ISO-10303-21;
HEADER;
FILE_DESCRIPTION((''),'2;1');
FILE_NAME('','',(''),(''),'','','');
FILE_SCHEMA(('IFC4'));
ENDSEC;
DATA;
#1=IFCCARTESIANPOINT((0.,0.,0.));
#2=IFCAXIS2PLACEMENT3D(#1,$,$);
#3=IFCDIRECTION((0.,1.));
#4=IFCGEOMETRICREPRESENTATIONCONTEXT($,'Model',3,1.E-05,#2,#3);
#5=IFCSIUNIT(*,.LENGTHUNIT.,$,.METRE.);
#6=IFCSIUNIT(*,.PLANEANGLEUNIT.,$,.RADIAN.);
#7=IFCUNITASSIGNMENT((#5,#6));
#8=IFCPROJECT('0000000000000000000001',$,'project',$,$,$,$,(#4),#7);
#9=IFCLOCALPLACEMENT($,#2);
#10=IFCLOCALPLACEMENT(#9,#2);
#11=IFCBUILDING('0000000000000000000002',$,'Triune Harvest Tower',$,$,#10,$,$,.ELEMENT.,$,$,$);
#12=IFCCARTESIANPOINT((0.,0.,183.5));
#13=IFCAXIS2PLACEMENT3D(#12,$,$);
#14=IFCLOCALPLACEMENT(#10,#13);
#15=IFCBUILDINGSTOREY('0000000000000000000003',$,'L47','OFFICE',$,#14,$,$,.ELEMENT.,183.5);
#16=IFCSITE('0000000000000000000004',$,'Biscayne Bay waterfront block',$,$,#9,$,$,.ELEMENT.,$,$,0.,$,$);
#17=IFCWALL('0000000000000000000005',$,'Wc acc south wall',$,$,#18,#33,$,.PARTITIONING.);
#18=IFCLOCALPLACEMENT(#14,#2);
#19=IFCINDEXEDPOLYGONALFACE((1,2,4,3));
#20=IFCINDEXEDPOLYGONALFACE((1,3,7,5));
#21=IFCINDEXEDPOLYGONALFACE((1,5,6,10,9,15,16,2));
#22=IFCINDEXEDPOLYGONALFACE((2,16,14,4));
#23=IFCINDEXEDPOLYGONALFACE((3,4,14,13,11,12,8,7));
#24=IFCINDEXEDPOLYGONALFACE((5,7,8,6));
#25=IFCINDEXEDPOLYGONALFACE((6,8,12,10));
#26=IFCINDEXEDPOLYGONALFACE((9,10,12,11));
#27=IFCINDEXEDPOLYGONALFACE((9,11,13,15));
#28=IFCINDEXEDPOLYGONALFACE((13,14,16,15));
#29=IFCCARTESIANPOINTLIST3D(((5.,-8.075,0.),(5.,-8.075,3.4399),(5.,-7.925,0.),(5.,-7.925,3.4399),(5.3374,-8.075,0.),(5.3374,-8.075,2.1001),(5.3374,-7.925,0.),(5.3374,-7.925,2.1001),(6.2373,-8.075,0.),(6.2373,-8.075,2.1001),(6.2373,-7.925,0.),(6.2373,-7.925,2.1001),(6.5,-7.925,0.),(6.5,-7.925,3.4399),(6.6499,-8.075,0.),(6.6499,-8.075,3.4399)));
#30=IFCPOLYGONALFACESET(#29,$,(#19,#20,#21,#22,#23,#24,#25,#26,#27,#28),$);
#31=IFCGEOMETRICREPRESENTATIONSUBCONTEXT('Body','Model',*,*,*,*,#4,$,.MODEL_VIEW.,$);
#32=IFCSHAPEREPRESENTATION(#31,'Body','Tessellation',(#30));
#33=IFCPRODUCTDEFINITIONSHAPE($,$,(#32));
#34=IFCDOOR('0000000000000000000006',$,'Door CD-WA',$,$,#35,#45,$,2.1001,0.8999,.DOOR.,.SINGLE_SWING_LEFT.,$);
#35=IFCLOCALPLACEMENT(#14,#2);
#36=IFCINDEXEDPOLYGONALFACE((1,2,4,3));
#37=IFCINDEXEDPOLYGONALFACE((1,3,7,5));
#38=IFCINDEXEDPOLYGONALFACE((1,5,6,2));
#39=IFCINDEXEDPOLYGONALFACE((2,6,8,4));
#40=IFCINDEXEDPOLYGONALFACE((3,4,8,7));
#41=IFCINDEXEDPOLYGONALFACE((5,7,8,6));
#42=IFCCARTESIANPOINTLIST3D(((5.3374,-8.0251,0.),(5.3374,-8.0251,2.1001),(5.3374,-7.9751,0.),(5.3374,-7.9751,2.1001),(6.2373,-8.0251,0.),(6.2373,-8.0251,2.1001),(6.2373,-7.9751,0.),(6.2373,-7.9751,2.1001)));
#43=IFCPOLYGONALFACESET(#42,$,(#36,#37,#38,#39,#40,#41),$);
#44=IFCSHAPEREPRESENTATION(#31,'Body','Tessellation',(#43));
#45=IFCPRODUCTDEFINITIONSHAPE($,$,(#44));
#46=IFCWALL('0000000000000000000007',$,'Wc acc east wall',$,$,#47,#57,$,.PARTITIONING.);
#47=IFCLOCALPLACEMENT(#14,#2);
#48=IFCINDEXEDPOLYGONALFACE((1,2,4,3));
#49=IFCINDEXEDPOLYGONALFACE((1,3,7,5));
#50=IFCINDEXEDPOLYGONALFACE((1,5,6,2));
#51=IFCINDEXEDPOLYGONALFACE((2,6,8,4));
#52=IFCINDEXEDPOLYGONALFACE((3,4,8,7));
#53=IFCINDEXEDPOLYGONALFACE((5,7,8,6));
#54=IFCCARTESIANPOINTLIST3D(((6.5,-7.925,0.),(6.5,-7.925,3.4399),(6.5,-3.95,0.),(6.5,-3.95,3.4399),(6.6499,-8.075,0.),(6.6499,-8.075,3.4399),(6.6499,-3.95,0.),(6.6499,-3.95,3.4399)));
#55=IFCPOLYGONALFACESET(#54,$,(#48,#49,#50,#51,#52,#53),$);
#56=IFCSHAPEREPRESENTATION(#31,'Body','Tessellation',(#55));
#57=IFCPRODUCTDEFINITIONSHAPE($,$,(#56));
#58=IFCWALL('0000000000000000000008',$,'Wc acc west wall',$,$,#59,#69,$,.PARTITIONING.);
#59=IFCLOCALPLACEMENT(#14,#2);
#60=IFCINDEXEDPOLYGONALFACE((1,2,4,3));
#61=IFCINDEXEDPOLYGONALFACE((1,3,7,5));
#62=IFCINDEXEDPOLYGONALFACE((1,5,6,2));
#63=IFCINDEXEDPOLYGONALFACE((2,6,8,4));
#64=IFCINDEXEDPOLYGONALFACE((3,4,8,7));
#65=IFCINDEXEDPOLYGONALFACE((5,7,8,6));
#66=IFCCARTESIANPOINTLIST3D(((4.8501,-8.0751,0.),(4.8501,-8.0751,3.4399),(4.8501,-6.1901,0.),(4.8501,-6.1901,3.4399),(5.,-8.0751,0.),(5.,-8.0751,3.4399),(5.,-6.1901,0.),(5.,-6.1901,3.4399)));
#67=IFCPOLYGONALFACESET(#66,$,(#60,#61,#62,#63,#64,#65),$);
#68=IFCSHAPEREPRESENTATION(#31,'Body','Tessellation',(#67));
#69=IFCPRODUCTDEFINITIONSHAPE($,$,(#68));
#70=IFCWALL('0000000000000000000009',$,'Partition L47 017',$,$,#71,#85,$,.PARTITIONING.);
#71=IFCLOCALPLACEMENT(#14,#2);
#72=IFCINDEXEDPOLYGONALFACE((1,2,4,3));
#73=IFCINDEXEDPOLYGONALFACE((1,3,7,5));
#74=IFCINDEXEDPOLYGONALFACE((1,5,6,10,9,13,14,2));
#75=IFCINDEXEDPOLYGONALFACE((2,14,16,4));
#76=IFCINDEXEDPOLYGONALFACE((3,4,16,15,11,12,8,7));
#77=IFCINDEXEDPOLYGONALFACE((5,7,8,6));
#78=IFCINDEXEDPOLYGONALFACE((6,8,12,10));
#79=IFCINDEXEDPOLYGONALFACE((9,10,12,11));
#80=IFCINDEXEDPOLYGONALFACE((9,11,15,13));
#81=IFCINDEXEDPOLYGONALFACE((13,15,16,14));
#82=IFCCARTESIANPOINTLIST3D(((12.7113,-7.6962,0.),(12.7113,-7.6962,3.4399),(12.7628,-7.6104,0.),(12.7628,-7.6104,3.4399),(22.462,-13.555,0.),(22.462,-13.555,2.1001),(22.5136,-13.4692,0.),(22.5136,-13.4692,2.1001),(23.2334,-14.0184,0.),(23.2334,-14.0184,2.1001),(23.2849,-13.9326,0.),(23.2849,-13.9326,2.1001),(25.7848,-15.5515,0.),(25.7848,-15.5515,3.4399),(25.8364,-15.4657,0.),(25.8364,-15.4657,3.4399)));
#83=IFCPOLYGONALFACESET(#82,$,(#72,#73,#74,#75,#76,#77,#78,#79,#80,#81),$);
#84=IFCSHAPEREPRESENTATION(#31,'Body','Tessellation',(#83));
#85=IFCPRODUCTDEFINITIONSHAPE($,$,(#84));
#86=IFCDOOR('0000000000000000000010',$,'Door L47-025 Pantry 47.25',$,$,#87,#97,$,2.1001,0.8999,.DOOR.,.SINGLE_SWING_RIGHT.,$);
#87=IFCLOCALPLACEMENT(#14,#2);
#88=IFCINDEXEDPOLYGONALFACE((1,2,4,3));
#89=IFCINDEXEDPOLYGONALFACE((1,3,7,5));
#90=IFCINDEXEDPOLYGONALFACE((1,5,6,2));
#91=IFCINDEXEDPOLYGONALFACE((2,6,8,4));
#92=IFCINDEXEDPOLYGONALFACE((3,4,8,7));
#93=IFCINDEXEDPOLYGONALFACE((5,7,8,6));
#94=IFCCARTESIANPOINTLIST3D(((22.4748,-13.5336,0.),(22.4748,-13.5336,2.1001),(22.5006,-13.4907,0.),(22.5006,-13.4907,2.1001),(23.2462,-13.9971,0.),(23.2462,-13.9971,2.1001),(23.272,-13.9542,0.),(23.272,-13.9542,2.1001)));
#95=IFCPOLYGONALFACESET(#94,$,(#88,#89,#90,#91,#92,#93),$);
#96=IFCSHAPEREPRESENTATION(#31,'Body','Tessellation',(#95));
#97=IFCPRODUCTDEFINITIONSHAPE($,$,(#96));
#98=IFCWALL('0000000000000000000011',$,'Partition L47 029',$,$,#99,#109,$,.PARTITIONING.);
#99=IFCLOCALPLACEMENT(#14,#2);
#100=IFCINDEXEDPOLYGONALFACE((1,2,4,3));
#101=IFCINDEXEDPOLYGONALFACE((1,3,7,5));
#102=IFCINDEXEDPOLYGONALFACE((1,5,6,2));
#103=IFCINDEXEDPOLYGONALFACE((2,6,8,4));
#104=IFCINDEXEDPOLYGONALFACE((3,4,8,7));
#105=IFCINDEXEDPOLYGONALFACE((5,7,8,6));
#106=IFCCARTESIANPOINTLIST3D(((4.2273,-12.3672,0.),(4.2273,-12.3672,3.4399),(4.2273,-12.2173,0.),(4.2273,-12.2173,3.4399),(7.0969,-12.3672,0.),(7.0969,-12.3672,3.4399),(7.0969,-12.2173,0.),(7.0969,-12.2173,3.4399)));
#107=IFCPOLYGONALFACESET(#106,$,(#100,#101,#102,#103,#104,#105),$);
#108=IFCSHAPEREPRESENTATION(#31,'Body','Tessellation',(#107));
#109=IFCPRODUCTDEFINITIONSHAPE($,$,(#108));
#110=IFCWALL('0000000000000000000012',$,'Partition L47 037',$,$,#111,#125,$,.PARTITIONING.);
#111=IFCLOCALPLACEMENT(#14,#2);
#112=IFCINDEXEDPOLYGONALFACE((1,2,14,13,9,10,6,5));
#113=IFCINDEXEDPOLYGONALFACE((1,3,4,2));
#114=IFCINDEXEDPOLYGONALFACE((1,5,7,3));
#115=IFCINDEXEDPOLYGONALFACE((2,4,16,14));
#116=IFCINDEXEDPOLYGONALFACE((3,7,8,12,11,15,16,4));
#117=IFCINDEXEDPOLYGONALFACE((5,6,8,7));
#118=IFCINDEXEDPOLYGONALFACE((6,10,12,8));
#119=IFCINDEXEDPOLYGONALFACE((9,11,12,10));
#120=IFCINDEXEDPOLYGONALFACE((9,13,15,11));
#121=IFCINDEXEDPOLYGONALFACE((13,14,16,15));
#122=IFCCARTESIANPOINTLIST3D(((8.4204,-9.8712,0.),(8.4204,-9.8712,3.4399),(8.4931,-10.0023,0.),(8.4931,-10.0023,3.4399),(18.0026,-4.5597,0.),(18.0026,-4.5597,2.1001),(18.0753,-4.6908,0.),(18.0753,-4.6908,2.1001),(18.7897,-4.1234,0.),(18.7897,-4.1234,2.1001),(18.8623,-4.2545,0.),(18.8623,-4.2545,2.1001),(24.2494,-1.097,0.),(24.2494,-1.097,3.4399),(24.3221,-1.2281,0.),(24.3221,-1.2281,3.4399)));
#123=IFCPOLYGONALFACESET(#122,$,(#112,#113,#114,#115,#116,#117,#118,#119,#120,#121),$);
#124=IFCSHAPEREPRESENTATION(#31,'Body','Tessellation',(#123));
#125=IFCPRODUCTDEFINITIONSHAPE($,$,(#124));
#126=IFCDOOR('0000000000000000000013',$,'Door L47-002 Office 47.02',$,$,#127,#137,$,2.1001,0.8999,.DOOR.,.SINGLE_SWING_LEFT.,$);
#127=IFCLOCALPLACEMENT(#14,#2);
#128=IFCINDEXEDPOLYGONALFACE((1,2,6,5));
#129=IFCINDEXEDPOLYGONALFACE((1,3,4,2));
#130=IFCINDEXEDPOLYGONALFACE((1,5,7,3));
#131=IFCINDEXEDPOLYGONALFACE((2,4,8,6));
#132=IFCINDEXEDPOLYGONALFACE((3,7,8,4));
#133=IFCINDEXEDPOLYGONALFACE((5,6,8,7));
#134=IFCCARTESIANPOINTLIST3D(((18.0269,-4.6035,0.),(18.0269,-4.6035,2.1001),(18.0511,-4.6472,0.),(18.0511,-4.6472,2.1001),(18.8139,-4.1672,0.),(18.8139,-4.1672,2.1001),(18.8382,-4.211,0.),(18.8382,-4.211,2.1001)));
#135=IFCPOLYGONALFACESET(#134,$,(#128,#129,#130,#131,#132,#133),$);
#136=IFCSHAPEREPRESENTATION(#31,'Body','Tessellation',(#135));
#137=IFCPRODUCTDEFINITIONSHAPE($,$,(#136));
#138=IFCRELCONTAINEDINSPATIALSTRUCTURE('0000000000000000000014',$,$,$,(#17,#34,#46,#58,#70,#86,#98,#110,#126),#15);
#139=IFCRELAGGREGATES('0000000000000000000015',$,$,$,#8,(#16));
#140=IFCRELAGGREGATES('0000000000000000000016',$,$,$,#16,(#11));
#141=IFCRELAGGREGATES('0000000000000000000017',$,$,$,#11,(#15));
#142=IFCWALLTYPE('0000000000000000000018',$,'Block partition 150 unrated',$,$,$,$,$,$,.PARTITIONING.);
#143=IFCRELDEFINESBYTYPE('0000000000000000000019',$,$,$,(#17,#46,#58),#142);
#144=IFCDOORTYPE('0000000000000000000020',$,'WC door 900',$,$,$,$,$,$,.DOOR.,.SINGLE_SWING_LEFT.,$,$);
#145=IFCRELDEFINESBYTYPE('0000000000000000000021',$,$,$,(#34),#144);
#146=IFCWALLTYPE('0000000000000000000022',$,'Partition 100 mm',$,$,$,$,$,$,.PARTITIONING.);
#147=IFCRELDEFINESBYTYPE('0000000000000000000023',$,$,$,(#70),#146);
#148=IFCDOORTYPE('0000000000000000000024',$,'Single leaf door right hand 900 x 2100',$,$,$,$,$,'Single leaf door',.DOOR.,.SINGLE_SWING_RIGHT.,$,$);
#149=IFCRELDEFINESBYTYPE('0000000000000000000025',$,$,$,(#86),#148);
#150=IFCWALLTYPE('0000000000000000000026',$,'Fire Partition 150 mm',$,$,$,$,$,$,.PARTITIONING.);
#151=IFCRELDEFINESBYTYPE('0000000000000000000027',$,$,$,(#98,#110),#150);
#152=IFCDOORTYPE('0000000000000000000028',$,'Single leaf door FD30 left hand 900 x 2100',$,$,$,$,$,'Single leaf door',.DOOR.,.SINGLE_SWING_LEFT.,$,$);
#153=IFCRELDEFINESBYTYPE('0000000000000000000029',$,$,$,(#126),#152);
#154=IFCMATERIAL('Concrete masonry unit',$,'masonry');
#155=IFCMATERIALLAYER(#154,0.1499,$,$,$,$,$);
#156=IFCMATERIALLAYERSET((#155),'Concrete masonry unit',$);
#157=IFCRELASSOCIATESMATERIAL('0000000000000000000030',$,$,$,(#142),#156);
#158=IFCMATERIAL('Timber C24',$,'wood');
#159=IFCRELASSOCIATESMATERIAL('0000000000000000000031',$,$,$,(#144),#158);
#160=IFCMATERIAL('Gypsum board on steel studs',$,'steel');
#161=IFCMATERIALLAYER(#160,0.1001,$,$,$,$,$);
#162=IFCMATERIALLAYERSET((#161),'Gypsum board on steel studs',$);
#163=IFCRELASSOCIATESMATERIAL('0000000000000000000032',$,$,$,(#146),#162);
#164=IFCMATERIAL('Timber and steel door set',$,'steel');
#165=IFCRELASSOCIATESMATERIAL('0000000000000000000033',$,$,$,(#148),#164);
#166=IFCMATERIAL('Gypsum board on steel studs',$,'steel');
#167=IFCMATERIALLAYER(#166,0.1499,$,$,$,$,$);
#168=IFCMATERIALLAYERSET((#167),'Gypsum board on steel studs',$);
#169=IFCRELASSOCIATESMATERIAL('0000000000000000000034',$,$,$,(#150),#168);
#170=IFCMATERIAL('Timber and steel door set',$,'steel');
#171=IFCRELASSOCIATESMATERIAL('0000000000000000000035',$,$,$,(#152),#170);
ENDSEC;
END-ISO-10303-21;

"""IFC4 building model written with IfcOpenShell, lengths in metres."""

from ifc_helpers import new_model, si_unit, direction, frame, frame_2d, origin, place, context, subcontext, project, spatial, polyline, rectangle, outline, extrude, source, transform, mapped, material, layer, layer_set, type_object, element, fill, save


model = new_model("IFC4")

# Units and contexts
model_context = context("Model", 3, precision=1e-05, world=origin(), true_north=direction((0.0, 1.0)))
body_context = subcontext(model_context, "Body", "Model", "MODEL_VIEW")
ifc_project = project(units=[si_unit("LENGTHUNIT", "METRE"), si_unit("PLANEANGLEUNIT", "RADIAN")], contexts=[model_context])

# Site, building, storey
site_placement = place(None, origin())
site = spatial("IfcSite", under=ifc_project, at=site_placement, Name="Biscayne Bay waterfront block", CompositionType="ELEMENT", RefElevation=0.0)
building_placement = place(site_placement, origin())
building = spatial("IfcBuilding", under=site, at=building_placement, Name="Triune Harvest Tower", CompositionType="ELEMENT")
storey_placement = place(building_placement, frame((0.0, 0.0, 183.5)))
storey = spatial("IfcBuildingStorey", under=building, at=storey_placement, Name="L47", Description="OFFICE", CompositionType="ELEMENT", Elevation=183.5)

# Wall, opening, door
ifc_material_1 = material(Name="Concrete masonry unit", Category="masonry")
ifc_layer_1 = layer(ifc_material_1, 0.1499)
ifc_layer_set_1 = layer_set([ifc_layer_1], Name="Concrete masonry unit")
wall_type_1 = type_object("IfcWallType", Name="Block partition 150 unrated", PredefinedType="PARTITIONING", material=ifc_layer_set_1)
shared_shape_1 = source(origin(), body_context, "Body", "SweptSolid", [
    extrude(outline(polyline([(0.0, -0.075), (1.6499, -0.075), (1.5, 0.075), (0.0, 0.075), (0.0, -0.075)])), origin(), (0.0, 0.0, 1.0), 3.4399),
])
wall_1_placement = place(storey_placement, frame((5.0, -8.0, 0.0), z_axis=(0.0, 0.0, 1.0), x_axis=(1.0, 0.0, 0.0)))
wall_1 = element("IfcWall", 1, at=wall_1_placement, inside=storey, type_object=wall_type_1, Name="Wc acc south wall", PredefinedType="PARTITIONING", context=body_context, shape_type="MappedRepresentation", body=[
    mapped(shared_shape_1, transform((0.0, 0.0, 0.0), scale=1.0)),
])
opening_1_placement = place(wall_1_placement, frame((0.3374, 0.0, 0.0)))
opening_1 = element("IfcOpeningElement", 2, at=opening_1_placement, cuts=wall_1, PredefinedType="OPENING", context=body_context, shape_type="SweptSolid", body=[
    extrude(rectangle(XDim=0.8999, YDim=2.1001, at=frame_2d((0.45, 1.05))), frame((0.0, 0.085, 0.0), z_axis=(0.0, -1.0, 0.0), x_axis=(1.0, 0.0, 0.0)), (0.0, 0.0, 1.0), 0.1699),
])
ifc_material_2 = material(Name="Timber C24", Category="wood")
door_type_1 = type_object("IfcDoorType", Name="WC door 900", OperationType="SINGLE_SWING_LEFT", PredefinedType="DOOR", material=ifc_material_2)
door_1_placement = place(opening_1_placement, origin())
door_1 = element("IfcDoor", 3, at=door_1_placement, inside=storey, type_object=door_type_1, Name="Door CD-WA", OperationType="SINGLE_SWING_LEFT", OverallHeight=2.1001, OverallWidth=0.8999, PredefinedType="DOOR", context=body_context, shape_type="SweptSolid", body=[
    extrude(rectangle(XDim=0.8999, YDim=2.1001, at=frame_2d((0.45, 1.05))), frame((0.0, 0.0249, 0.0), z_axis=(0.0, -1.0, 0.0), x_axis=(1.0, 0.0, 0.0)), (0.0, 0.0, 1.0), 0.05),
])
fill(opening_1, door_1)

# Walls
shared_shape_2 = source(origin(), body_context, "Body", "SweptSolid", [
    extrude(outline(polyline([(-0.075, -0.075), (4.05, -0.075), (4.05, 0.075), (0.075, 0.075), (-0.075, -0.075)])), origin(), (0.0, 0.0, 1.0), 3.4399),
])
wall_2_placement = place(storey_placement, frame((6.575, -8.0, 0.0), z_axis=(0.0, 0.0, 1.0), x_axis=(0.0, 1.0, 0.0)))
element("IfcWall", 4, at=wall_2_placement, inside=storey, type_object=wall_type_1, Name="Wc acc east wall", PredefinedType="PARTITIONING", context=body_context, shape_type="MappedRepresentation", body=[
    mapped(shared_shape_2, transform((0.0, 0.0, 0.0), scale=1.0)),
])
shared_shape_3 = source(origin(), body_context, "Body", "SweptSolid", [
    extrude(rectangle(XDim=1.885, YDim=0.1499, at=frame_2d((0.9424, 0.0))), origin(), (0.0, 0.0, 1.0), 3.4399),
])
wall_3_placement = place(storey_placement, frame((4.925, -8.075, 0.0), z_axis=(0.0, 0.0, 1.0), x_axis=(0.0, 1.0, 0.0)))
element("IfcWall", 5, at=wall_3_placement, inside=storey, type_object=wall_type_1, Name="Wc acc west wall", PredefinedType="PARTITIONING", context=body_context, shape_type="MappedRepresentation", body=[
    mapped(shared_shape_3, transform((0.0, 0.0, 0.0), scale=1.0)),
])

# Wall, opening, door
ifc_material_3 = material(Name="Gypsum board on steel studs", Category="steel")
ifc_layer_2 = layer(ifc_material_3, 0.1001)
ifc_layer_set_2 = layer_set([ifc_layer_2], Name="Gypsum board on steel studs")
wall_type_2 = type_object("IfcWallType", Name="Partition 100 mm", PredefinedType="PARTITIONING", material=ifc_layer_set_2)
shared_shape_4 = source(origin(), body_context, "Body", "SweptSolid", [
    extrude(rectangle(XDim=15.252, YDim=0.1001, at=frame_2d((7.626, 0.0))), origin(), (0.0, 0.0, 1.0), 3.4399),
])
wall_4_placement = place(storey_placement, frame((12.7371, -7.6533, 0.0), z_axis=(0.0, 0.0, 1.0), x_axis=(0.857171, -0.515032, 0.0)))
wall_4 = element("IfcWall", 6, at=wall_4_placement, inside=storey, type_object=wall_type_2, Name="Partition L47 017", PredefinedType="PARTITIONING", context=body_context, shape_type="MappedRepresentation", body=[
    mapped(shared_shape_4, transform((0.0, 0.0, 0.0), scale=1.0)),
])
opening_2_placement = place(wall_4_placement, frame((11.3755, 0.0, 0.0)))
opening_2 = element("IfcOpeningElement", 7, at=opening_2_placement, cuts=wall_4, PredefinedType="OPENING", context=body_context, shape_type="SweptSolid", body=[
    extrude(rectangle(XDim=0.8999, YDim=2.1001, at=frame_2d((0.45, 1.05))), frame((0.0, 0.0601, 0.0), z_axis=(0.0, -1.0, 0.0), x_axis=(1.0, 0.0, 0.0)), (0.0, 0.0, 1.0), 0.1201),
])
ifc_material_4 = material(Name="Timber and steel door set", Category="steel")
door_type_2 = type_object("IfcDoorType", Name="Single leaf door right hand 900 x 2100", ElementType="Single leaf door", OperationType="SINGLE_SWING_RIGHT", PredefinedType="DOOR", material=ifc_material_4)
door_2_placement = place(opening_2_placement, origin())
door_2 = element("IfcDoor", 8, at=door_2_placement, inside=storey, type_object=door_type_2, Name="Door L47-025 Pantry 47.25", OperationType="SINGLE_SWING_RIGHT", OverallHeight=2.1001, OverallWidth=0.8999, PredefinedType="DOOR", context=body_context, shape_type="SweptSolid", body=[
    extrude(rectangle(XDim=0.8999, YDim=2.1001, at=frame_2d((0.45, 1.05))), frame((0.0, 0.0249, 0.0), z_axis=(0.0, -1.0, 0.0), x_axis=(1.0, 0.0, 0.0)), (0.0, 0.0, 1.0), 0.05),
])
fill(opening_2, door_2)

# Wall
ifc_material_5 = material(Name="Gypsum board on steel studs", Category="steel")
ifc_layer_3 = layer(ifc_material_5, 0.1499)
ifc_layer_set_3 = layer_set([ifc_layer_3], Name="Gypsum board on steel studs")
wall_type_3 = type_object("IfcWallType", Name="Fire Partition 150 mm", PredefinedType="PARTITIONING", material=ifc_layer_set_3)
shared_shape_5 = source(origin(), body_context, "Body", "SweptSolid", [
    extrude(rectangle(XDim=2.8696, YDim=0.1499, at=frame_2d((1.4348, 0.0))), origin(), (0.0, 0.0, 1.0), 3.4399),
])
wall_5_placement = place(storey_placement, frame((4.2273, -12.2922, 0.0), z_axis=(0.0, 0.0, 1.0), x_axis=(1.0, 0.0, 0.0)))
element("IfcWall", 9, at=wall_5_placement, inside=storey, type_object=wall_type_3, Name="Partition L47 029", PredefinedType="PARTITIONING", context=body_context, shape_type="MappedRepresentation", body=[
    mapped(shared_shape_5, transform((0.0, 0.0, 0.0), scale=1.0)),
])

# Wall, opening, door
shared_shape_6 = source(origin(), body_context, "Body", "SweptSolid", [
    extrude(rectangle(XDim=18.0981, YDim=0.1499, at=frame_2d((9.0491, 0.0))), origin(), (0.0, 0.0, 1.0), 3.4399),
])
wall_6_placement = place(storey_placement, frame((8.4568, -9.9368, 0.0), z_axis=(0.0, 0.0, 1.0), x_axis=(0.874618, 0.484813, 0.0)))
wall_6 = element("IfcWall", 10, at=wall_6_placement, inside=storey, type_object=wall_type_3, Name="Partition L47 037", PredefinedType="PARTITIONING", context=body_context, shape_type="MappedRepresentation", body=[
    mapped(shared_shape_6, transform((0.0, 0.0, 0.0), scale=1.0)),
])
opening_3_placement = place(wall_6_placement, frame((10.9558, 0.0, 0.0)))
opening_3 = element("IfcOpeningElement", 11, at=opening_3_placement, cuts=wall_6, PredefinedType="OPENING", context=body_context, shape_type="SweptSolid", body=[
    extrude(rectangle(XDim=0.8999, YDim=2.1001, at=frame_2d((0.45, 1.05))), frame((0.0, 0.085, 0.0), z_axis=(0.0, -1.0, 0.0), x_axis=(1.0, 0.0, 0.0)), (0.0, 0.0, 1.0), 0.1699),
])
ifc_material_6 = material(Name="Timber and steel door set", Category="steel")
door_type_3 = type_object("IfcDoorType", Name="Single leaf door FD30 left hand 900 x 2100", ElementType="Single leaf door", OperationType="SINGLE_SWING_LEFT", PredefinedType="DOOR", material=ifc_material_6)
door_3_placement = place(opening_3_placement, origin())
door_3 = element("IfcDoor", 12, at=door_3_placement, inside=storey, type_object=door_type_3, Name="Door L47-002 Office 47.02", OperationType="SINGLE_SWING_LEFT", OverallHeight=2.1001, OverallWidth=0.8999, PredefinedType="DOOR", context=body_context, shape_type="SweptSolid", body=[
    extrude(rectangle(XDim=0.8999, YDim=2.1001, at=frame_2d((0.45, 1.05))), frame((0.0, 0.0249, 0.0), z_axis=(0.0, -1.0, 0.0), x_axis=(1.0, 0.0, 0.0)), (0.0, 0.0, 1.0), 0.05),
])
fill(opening_3, door_3)

save(model, "model.ifc")
